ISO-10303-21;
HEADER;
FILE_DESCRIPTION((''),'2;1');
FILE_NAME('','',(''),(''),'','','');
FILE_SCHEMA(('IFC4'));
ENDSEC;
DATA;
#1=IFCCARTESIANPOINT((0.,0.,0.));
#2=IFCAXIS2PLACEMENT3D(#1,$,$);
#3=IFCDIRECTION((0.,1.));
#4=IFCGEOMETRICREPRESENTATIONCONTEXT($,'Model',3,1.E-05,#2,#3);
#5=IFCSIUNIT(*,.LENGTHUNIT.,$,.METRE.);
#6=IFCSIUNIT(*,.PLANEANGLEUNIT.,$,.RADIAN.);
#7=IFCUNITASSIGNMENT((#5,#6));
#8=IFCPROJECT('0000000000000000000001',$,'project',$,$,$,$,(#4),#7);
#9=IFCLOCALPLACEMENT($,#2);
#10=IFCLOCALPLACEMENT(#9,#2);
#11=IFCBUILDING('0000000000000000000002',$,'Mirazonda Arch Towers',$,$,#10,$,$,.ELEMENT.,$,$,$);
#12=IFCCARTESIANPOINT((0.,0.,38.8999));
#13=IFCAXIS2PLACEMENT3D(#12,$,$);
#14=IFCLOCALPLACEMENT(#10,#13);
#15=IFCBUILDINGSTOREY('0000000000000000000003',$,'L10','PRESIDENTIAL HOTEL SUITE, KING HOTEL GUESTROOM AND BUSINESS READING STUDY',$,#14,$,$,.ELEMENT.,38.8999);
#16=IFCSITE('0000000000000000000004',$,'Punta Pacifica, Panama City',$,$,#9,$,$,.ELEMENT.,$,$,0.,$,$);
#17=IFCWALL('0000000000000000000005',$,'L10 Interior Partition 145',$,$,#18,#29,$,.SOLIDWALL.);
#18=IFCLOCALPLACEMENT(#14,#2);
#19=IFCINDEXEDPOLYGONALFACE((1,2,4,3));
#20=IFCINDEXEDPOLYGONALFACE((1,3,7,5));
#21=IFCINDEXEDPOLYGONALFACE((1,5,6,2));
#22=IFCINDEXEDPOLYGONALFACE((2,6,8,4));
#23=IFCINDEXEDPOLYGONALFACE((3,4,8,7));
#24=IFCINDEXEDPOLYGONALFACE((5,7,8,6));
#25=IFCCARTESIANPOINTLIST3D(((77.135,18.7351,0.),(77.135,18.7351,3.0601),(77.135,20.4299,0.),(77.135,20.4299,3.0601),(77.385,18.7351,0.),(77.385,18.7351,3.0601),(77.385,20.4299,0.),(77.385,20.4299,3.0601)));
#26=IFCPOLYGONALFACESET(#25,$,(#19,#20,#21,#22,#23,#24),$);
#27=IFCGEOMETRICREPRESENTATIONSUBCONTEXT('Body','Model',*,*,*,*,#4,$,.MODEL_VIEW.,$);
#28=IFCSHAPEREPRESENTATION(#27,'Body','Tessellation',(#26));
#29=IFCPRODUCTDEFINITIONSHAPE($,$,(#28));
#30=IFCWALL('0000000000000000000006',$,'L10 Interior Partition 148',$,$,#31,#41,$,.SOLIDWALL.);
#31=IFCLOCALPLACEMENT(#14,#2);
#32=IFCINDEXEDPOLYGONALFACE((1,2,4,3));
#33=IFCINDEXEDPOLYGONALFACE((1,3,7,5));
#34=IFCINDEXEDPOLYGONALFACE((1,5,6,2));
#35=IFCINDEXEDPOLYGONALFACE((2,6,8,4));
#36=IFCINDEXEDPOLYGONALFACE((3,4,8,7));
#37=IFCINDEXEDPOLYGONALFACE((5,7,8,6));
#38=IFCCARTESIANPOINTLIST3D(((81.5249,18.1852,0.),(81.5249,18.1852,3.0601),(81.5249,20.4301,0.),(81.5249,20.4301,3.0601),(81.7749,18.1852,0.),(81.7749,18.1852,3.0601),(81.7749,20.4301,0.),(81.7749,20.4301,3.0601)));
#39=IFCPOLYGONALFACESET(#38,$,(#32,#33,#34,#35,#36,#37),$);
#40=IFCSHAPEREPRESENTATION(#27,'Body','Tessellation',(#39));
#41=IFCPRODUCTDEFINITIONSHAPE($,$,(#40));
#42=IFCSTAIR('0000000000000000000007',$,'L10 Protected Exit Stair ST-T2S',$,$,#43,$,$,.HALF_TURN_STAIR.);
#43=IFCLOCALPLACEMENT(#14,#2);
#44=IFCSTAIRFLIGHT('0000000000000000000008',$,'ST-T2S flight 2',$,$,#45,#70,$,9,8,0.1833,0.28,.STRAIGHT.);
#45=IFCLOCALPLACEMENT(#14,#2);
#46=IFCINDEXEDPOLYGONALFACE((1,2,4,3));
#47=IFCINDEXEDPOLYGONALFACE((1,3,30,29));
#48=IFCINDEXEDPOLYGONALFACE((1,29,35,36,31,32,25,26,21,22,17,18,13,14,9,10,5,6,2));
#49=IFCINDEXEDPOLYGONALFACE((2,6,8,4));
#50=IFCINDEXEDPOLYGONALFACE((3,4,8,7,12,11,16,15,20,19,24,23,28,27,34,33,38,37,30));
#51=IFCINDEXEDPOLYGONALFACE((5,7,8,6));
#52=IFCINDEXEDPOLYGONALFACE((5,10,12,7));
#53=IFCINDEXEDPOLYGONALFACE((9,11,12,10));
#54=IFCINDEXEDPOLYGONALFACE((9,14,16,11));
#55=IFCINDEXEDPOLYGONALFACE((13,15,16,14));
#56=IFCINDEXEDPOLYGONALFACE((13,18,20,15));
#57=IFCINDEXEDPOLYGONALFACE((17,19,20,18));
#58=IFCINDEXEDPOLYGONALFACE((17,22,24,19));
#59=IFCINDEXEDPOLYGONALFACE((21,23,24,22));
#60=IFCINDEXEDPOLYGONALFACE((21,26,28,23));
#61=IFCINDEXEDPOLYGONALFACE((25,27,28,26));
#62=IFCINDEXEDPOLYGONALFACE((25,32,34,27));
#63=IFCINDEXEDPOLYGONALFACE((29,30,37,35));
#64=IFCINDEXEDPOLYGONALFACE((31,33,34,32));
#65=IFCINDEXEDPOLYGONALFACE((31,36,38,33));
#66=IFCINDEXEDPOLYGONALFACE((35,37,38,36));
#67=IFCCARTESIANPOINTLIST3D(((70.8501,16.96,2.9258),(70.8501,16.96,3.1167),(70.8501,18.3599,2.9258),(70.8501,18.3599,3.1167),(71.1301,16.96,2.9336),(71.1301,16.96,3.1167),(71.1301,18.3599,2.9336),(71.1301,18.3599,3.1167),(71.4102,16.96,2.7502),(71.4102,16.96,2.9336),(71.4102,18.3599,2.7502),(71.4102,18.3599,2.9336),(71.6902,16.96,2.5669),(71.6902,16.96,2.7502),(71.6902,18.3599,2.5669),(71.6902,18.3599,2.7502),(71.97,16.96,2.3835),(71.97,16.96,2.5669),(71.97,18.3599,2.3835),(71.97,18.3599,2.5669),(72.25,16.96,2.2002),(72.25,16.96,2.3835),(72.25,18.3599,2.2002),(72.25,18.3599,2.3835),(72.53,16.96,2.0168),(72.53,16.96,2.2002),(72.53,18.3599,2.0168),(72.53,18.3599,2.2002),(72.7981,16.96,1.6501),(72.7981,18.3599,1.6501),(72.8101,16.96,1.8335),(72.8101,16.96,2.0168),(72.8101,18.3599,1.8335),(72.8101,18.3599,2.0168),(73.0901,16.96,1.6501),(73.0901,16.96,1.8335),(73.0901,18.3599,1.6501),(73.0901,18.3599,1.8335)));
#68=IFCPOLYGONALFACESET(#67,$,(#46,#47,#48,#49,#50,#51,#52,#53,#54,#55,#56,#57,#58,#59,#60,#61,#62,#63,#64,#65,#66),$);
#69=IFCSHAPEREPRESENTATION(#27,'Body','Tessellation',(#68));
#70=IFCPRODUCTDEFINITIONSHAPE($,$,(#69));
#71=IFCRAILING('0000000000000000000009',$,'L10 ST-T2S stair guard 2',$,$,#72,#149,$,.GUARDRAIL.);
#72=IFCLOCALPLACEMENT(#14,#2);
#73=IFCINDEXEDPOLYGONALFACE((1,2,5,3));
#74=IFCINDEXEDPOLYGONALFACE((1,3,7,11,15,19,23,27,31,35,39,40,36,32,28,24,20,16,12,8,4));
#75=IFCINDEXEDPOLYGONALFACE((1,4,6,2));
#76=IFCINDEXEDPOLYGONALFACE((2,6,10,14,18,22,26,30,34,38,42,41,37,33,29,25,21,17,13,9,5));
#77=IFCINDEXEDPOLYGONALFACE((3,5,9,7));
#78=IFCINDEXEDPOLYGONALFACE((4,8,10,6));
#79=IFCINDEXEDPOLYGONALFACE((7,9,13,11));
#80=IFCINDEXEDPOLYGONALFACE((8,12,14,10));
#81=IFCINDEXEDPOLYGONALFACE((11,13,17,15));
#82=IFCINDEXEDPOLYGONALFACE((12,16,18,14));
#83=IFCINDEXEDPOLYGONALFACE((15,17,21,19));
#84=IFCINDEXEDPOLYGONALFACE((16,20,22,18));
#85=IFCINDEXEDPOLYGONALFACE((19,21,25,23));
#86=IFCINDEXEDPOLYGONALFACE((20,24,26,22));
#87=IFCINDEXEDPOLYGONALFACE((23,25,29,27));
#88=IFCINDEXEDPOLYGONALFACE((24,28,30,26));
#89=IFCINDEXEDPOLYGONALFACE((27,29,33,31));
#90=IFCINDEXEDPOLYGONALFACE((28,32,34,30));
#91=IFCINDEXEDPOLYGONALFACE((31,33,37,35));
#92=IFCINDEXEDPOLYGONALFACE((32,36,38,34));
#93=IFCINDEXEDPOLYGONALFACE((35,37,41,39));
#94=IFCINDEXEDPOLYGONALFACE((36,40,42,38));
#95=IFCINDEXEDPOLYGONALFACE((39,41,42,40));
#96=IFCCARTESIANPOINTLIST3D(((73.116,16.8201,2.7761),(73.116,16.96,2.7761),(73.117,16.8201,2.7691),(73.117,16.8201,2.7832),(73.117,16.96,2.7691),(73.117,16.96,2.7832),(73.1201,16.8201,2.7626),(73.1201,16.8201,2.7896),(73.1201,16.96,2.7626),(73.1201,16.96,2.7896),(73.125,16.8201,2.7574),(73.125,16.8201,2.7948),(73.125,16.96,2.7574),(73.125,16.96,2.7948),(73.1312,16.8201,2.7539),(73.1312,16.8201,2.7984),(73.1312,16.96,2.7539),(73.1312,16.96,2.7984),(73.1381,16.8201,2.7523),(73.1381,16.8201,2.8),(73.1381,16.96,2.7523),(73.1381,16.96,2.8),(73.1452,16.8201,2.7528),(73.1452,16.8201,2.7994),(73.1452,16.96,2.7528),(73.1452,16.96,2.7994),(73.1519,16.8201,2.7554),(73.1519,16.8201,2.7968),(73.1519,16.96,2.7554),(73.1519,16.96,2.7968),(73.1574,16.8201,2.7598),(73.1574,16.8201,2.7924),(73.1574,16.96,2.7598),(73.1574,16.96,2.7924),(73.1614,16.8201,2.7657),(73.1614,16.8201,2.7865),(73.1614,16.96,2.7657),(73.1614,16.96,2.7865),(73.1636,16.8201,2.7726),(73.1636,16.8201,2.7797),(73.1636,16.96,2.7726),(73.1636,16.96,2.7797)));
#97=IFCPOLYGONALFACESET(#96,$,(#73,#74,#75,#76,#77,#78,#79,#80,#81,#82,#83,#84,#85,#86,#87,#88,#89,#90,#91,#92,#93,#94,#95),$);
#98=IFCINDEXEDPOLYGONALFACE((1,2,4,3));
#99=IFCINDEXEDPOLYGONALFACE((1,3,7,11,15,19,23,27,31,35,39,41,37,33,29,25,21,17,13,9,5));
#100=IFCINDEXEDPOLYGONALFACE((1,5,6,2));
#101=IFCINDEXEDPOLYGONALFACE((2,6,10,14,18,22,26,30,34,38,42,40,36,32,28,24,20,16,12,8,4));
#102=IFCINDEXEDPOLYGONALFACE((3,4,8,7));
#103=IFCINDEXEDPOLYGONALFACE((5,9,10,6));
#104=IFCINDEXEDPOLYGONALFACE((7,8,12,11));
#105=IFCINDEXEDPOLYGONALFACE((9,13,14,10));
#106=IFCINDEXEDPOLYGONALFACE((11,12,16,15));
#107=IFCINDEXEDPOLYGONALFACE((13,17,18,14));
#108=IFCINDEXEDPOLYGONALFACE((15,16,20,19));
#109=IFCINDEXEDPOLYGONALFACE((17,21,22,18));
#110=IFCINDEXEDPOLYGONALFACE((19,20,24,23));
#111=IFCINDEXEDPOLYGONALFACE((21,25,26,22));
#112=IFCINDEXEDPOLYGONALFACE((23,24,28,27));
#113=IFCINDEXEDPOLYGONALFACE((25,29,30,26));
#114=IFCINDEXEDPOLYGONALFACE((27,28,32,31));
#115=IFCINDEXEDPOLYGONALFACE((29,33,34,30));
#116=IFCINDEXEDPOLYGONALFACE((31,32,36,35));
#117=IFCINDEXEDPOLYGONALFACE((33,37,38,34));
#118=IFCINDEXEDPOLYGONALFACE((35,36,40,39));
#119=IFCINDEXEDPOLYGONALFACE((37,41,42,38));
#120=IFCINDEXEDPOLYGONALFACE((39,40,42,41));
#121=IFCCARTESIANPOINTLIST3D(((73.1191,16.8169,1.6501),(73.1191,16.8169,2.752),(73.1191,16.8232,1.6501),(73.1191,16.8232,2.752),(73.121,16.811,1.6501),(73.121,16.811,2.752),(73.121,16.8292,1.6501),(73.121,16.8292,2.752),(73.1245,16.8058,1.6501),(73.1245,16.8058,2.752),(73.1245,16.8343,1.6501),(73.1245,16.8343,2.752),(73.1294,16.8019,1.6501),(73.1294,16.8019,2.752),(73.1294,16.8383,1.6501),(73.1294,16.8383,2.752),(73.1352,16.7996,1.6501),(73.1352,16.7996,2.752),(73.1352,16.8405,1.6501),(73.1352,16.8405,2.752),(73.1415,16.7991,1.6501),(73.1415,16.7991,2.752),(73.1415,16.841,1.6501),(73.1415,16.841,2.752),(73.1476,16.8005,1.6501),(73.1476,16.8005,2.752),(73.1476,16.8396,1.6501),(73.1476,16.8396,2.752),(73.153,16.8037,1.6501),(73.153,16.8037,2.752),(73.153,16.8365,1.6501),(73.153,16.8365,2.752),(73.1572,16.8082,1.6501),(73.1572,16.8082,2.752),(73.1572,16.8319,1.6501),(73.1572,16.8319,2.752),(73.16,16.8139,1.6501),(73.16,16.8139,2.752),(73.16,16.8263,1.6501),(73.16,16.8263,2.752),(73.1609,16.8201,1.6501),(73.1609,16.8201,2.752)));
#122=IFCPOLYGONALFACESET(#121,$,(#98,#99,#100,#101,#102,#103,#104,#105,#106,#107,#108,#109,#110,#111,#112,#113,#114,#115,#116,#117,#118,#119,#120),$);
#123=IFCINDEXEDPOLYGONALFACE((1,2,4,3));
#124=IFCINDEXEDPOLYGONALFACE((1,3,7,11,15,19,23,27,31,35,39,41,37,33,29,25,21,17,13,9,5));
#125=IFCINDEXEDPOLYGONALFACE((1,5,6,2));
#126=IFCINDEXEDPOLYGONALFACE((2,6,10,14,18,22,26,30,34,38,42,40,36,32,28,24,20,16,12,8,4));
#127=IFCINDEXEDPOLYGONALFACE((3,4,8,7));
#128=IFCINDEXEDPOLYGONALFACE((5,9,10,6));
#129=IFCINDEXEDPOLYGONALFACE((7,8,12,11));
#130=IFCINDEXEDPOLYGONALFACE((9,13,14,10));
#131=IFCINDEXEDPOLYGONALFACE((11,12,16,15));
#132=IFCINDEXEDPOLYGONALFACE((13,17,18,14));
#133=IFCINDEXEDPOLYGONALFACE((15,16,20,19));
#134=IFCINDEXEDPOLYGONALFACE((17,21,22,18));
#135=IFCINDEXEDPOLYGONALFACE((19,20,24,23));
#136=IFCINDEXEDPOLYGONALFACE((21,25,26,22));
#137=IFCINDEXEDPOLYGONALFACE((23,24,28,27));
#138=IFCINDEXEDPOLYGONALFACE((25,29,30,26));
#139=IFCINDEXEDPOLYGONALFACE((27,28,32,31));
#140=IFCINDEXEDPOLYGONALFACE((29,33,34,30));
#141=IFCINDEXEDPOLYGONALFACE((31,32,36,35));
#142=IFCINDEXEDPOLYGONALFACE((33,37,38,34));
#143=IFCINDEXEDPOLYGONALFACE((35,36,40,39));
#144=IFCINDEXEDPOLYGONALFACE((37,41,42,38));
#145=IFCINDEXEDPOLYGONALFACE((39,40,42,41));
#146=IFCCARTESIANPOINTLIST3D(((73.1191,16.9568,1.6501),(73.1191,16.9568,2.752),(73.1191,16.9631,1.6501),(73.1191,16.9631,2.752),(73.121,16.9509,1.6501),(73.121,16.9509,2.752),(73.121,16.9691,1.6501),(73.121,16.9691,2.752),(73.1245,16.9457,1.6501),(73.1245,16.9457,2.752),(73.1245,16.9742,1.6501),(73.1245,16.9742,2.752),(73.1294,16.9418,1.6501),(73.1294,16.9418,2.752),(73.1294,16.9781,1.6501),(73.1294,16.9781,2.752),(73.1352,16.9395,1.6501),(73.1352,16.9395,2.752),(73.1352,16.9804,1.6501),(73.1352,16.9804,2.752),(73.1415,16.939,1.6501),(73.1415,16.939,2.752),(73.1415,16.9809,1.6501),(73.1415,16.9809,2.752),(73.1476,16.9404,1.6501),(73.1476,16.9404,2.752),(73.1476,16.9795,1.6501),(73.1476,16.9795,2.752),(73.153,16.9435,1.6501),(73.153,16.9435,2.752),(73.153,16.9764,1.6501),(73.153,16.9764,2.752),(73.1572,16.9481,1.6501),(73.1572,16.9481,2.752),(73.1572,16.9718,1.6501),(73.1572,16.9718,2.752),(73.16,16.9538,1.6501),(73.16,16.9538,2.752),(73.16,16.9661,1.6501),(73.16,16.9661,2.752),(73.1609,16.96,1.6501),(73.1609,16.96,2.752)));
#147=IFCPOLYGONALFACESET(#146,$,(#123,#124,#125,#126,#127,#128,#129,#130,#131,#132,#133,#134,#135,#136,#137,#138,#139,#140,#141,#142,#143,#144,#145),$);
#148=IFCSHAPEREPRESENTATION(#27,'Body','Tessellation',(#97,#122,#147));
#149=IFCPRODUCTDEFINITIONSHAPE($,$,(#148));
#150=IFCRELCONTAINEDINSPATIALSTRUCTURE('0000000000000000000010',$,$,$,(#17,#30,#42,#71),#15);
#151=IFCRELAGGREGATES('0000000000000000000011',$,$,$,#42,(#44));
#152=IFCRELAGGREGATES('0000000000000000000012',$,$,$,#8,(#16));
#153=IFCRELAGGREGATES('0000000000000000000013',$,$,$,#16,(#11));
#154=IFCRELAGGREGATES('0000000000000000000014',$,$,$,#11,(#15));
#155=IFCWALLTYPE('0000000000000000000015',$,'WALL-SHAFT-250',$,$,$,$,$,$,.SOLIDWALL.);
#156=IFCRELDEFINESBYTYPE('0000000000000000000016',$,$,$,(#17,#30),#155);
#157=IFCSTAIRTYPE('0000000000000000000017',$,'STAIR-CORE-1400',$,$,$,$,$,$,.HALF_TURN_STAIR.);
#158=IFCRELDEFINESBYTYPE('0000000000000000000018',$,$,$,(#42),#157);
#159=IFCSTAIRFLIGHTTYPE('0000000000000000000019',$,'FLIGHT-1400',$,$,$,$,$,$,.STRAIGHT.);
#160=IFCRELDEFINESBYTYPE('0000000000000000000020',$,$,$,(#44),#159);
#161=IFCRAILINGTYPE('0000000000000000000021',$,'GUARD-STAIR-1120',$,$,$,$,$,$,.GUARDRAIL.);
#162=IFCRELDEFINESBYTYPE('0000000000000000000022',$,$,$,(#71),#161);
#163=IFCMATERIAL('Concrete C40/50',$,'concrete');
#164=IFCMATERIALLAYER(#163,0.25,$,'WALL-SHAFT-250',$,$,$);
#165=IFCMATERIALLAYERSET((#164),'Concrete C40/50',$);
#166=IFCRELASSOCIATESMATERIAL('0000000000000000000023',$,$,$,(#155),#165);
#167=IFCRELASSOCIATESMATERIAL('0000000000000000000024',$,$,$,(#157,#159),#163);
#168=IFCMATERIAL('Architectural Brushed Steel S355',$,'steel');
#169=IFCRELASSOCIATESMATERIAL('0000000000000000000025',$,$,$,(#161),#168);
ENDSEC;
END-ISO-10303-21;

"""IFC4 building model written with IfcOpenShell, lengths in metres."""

from ifc_helpers import new_model, si_unit, direction, frame, frame_2d, origin, origin_2d, place, context, subcontext, project, spatial, polyline, rectangle, circle, outline, extrude, material, layer, layer_set, type_object, element, aggregate, save


model = new_model("IFC4")

# Units and contexts
model_context = context("Model", 3, precision=1e-05, world=origin(), true_north=direction((0.0, 1.0)))
body_context = subcontext(model_context, "Body", "Model", "MODEL_VIEW")
ifc_project = project(units=[si_unit("LENGTHUNIT", "METRE"), si_unit("PLANEANGLEUNIT", "RADIAN")], contexts=[model_context])

# Site, building, storey
site_placement = place(None, origin())
site = spatial("IfcSite", under=ifc_project, at=site_placement, Name="Punta Pacifica, Panama City", CompositionType="ELEMENT", RefElevation=0.0)
building_placement = place(site_placement, origin())
building = spatial("IfcBuilding", under=site, at=building_placement, Name="Mirazonda Arch Towers", CompositionType="ELEMENT")
storey_placement = place(building_placement, frame((0.0, 0.0, 38.8999)))
storey = spatial("IfcBuildingStorey", under=building, at=storey_placement, Name="L10", Description="PRESIDENTIAL HOTEL SUITE, KING HOTEL GUESTROOM AND BUSINESS READING STUDY", CompositionType="ELEMENT", Elevation=38.8999)

# Walls
ifc_material_1 = material(Name="Concrete C40/50", Category="concrete")
ifc_layer_1 = layer(ifc_material_1, 0.25, Name="WALL-SHAFT-250")
ifc_layer_set_1 = layer_set([ifc_layer_1], Name="Concrete C40/50")
wall_type_1 = type_object("IfcWallType", Name="WALL-SHAFT-250", PredefinedType="SOLIDWALL", material=ifc_layer_set_1)
wall_1_placement = place(storey_placement, frame((77.26, 18.7351, 0.0), z_axis=(0.0, 0.0, 1.0), x_axis=(0.0, 1.0, 0.0)))
element("IfcWall", 1, at=wall_1_placement, inside=storey, type_object=wall_type_1, Name="L10 Interior Partition 145", PredefinedType="SOLIDWALL", context=body_context, shape_type="SweptSolid", body=[
    extrude(rectangle(XDim=1.6948, YDim=0.25, at=frame_2d((0.8474, 0.0))), origin(), (0.0, 0.0, 1.0), 3.0601),
])
wall_2_placement = place(storey_placement, frame((81.6499, 18.1851, 0.0), z_axis=(0.0, 0.0, 1.0), x_axis=(0.0, 1.0, 0.0)))
element("IfcWall", 2, at=wall_2_placement, inside=storey, type_object=wall_type_1, Name="L10 Interior Partition 148", PredefinedType="SOLIDWALL", context=body_context, shape_type="SweptSolid", body=[
    extrude(rectangle(XDim=2.2449, YDim=0.25, at=frame_2d((1.1226, 0.0))), origin(), (0.0, 0.0, 1.0), 3.0601),
])

# Stair, stair flight
stair_type = type_object("IfcStairType", Name="STAIR-CORE-1400", PredefinedType="HALF_TURN_STAIR", material=ifc_material_1)
stair_placement = place(storey_placement, origin())
stair = element("IfcStair", 3, at=stair_placement, inside=storey, type_object=stair_type, Name="L10 Protected Exit Stair ST-T2S", PredefinedType="HALF_TURN_STAIR")
stair_flight_type = type_object("IfcStairFlightType", Name="FLIGHT-1400", PredefinedType="STRAIGHT", material=ifc_material_1)
stair_flight_placement = place(storey_placement, frame((73.0901, 17.6599, 1.6501), z_axis=(0.0, 0.0, 1.0), x_axis=(-1.0, 0.0, 0.0)))
stair_flight = element("IfcStairFlight", 4, at=stair_flight_placement, type_object=stair_flight_type, Name="ST-T2S flight 2", NumberOfRisers=9, NumberOfTreads=8, PredefinedType="STRAIGHT", RiserHeight=0.1833, TreadLength=0.28, context=body_context, shape_type="SweptSolid", body=[
    extrude(outline(polyline([(0.0, 0.0), (0.0, 0.1833), (0.28, 0.1833), (0.28, 0.3667), (0.5601, 0.3667), (0.5601, 0.55), (0.8401, 0.55), (0.8401, 0.7334), (1.1201, 0.7334), (1.1201, 0.9167), (1.3999, 0.9167), (1.3999, 1.1001), (1.6799, 1.1001), (1.6799, 1.2834), (1.96, 1.2834), (1.96, 1.4666), (2.24, 1.4666), (2.24, 1.6499), (2.24, 1.2756), (0.292, 0.0), (0.0, 0.0)])), frame((0.0, 0.7, 0.0), z_axis=(0.0, -1.0, 0.0), x_axis=(1.0, 0.0, 0.0)), (0.0, 0.0, 1.0), 1.3999),
])
aggregate(stair, [stair_flight])

# Railing
ifc_material_2 = material(Name="Architectural Brushed Steel S355", Category="steel")
railing_type_1 = type_object("IfcRailingType", Name="GUARD-STAIR-1120", PredefinedType="GUARDRAIL", material=ifc_material_2)
railing_1_placement = place(storey_placement, frame((73.1399, 16.8201, 1.6501)))
element("IfcRailing", 5, at=railing_1_placement, inside=storey, type_object=railing_type_1, Name="L10 ST-T2S stair guard 2", PredefinedType="GUARDRAIL", context=body_context, shape_type="SweptSolid", body=[
    extrude(circle(Radius=0.0239, at=origin_2d()), frame((0.0, 0.0, 1.126), z_axis=(0.0, 1.0, 0.0), x_axis=(-1.0, 0.0, 0.0)), (0.0, 0.0, 1.0), 0.1399),
    extrude(circle(Radius=0.021, at=origin_2d()), origin(), (0.0, 0.0, 1.0), 1.1018),
    extrude(circle(Radius=0.021, at=origin_2d()), frame((0.0, 0.1399, 0.0)), (0.0, 0.0, 1.0), 1.1018),
])

save(model, "model.ifc")
